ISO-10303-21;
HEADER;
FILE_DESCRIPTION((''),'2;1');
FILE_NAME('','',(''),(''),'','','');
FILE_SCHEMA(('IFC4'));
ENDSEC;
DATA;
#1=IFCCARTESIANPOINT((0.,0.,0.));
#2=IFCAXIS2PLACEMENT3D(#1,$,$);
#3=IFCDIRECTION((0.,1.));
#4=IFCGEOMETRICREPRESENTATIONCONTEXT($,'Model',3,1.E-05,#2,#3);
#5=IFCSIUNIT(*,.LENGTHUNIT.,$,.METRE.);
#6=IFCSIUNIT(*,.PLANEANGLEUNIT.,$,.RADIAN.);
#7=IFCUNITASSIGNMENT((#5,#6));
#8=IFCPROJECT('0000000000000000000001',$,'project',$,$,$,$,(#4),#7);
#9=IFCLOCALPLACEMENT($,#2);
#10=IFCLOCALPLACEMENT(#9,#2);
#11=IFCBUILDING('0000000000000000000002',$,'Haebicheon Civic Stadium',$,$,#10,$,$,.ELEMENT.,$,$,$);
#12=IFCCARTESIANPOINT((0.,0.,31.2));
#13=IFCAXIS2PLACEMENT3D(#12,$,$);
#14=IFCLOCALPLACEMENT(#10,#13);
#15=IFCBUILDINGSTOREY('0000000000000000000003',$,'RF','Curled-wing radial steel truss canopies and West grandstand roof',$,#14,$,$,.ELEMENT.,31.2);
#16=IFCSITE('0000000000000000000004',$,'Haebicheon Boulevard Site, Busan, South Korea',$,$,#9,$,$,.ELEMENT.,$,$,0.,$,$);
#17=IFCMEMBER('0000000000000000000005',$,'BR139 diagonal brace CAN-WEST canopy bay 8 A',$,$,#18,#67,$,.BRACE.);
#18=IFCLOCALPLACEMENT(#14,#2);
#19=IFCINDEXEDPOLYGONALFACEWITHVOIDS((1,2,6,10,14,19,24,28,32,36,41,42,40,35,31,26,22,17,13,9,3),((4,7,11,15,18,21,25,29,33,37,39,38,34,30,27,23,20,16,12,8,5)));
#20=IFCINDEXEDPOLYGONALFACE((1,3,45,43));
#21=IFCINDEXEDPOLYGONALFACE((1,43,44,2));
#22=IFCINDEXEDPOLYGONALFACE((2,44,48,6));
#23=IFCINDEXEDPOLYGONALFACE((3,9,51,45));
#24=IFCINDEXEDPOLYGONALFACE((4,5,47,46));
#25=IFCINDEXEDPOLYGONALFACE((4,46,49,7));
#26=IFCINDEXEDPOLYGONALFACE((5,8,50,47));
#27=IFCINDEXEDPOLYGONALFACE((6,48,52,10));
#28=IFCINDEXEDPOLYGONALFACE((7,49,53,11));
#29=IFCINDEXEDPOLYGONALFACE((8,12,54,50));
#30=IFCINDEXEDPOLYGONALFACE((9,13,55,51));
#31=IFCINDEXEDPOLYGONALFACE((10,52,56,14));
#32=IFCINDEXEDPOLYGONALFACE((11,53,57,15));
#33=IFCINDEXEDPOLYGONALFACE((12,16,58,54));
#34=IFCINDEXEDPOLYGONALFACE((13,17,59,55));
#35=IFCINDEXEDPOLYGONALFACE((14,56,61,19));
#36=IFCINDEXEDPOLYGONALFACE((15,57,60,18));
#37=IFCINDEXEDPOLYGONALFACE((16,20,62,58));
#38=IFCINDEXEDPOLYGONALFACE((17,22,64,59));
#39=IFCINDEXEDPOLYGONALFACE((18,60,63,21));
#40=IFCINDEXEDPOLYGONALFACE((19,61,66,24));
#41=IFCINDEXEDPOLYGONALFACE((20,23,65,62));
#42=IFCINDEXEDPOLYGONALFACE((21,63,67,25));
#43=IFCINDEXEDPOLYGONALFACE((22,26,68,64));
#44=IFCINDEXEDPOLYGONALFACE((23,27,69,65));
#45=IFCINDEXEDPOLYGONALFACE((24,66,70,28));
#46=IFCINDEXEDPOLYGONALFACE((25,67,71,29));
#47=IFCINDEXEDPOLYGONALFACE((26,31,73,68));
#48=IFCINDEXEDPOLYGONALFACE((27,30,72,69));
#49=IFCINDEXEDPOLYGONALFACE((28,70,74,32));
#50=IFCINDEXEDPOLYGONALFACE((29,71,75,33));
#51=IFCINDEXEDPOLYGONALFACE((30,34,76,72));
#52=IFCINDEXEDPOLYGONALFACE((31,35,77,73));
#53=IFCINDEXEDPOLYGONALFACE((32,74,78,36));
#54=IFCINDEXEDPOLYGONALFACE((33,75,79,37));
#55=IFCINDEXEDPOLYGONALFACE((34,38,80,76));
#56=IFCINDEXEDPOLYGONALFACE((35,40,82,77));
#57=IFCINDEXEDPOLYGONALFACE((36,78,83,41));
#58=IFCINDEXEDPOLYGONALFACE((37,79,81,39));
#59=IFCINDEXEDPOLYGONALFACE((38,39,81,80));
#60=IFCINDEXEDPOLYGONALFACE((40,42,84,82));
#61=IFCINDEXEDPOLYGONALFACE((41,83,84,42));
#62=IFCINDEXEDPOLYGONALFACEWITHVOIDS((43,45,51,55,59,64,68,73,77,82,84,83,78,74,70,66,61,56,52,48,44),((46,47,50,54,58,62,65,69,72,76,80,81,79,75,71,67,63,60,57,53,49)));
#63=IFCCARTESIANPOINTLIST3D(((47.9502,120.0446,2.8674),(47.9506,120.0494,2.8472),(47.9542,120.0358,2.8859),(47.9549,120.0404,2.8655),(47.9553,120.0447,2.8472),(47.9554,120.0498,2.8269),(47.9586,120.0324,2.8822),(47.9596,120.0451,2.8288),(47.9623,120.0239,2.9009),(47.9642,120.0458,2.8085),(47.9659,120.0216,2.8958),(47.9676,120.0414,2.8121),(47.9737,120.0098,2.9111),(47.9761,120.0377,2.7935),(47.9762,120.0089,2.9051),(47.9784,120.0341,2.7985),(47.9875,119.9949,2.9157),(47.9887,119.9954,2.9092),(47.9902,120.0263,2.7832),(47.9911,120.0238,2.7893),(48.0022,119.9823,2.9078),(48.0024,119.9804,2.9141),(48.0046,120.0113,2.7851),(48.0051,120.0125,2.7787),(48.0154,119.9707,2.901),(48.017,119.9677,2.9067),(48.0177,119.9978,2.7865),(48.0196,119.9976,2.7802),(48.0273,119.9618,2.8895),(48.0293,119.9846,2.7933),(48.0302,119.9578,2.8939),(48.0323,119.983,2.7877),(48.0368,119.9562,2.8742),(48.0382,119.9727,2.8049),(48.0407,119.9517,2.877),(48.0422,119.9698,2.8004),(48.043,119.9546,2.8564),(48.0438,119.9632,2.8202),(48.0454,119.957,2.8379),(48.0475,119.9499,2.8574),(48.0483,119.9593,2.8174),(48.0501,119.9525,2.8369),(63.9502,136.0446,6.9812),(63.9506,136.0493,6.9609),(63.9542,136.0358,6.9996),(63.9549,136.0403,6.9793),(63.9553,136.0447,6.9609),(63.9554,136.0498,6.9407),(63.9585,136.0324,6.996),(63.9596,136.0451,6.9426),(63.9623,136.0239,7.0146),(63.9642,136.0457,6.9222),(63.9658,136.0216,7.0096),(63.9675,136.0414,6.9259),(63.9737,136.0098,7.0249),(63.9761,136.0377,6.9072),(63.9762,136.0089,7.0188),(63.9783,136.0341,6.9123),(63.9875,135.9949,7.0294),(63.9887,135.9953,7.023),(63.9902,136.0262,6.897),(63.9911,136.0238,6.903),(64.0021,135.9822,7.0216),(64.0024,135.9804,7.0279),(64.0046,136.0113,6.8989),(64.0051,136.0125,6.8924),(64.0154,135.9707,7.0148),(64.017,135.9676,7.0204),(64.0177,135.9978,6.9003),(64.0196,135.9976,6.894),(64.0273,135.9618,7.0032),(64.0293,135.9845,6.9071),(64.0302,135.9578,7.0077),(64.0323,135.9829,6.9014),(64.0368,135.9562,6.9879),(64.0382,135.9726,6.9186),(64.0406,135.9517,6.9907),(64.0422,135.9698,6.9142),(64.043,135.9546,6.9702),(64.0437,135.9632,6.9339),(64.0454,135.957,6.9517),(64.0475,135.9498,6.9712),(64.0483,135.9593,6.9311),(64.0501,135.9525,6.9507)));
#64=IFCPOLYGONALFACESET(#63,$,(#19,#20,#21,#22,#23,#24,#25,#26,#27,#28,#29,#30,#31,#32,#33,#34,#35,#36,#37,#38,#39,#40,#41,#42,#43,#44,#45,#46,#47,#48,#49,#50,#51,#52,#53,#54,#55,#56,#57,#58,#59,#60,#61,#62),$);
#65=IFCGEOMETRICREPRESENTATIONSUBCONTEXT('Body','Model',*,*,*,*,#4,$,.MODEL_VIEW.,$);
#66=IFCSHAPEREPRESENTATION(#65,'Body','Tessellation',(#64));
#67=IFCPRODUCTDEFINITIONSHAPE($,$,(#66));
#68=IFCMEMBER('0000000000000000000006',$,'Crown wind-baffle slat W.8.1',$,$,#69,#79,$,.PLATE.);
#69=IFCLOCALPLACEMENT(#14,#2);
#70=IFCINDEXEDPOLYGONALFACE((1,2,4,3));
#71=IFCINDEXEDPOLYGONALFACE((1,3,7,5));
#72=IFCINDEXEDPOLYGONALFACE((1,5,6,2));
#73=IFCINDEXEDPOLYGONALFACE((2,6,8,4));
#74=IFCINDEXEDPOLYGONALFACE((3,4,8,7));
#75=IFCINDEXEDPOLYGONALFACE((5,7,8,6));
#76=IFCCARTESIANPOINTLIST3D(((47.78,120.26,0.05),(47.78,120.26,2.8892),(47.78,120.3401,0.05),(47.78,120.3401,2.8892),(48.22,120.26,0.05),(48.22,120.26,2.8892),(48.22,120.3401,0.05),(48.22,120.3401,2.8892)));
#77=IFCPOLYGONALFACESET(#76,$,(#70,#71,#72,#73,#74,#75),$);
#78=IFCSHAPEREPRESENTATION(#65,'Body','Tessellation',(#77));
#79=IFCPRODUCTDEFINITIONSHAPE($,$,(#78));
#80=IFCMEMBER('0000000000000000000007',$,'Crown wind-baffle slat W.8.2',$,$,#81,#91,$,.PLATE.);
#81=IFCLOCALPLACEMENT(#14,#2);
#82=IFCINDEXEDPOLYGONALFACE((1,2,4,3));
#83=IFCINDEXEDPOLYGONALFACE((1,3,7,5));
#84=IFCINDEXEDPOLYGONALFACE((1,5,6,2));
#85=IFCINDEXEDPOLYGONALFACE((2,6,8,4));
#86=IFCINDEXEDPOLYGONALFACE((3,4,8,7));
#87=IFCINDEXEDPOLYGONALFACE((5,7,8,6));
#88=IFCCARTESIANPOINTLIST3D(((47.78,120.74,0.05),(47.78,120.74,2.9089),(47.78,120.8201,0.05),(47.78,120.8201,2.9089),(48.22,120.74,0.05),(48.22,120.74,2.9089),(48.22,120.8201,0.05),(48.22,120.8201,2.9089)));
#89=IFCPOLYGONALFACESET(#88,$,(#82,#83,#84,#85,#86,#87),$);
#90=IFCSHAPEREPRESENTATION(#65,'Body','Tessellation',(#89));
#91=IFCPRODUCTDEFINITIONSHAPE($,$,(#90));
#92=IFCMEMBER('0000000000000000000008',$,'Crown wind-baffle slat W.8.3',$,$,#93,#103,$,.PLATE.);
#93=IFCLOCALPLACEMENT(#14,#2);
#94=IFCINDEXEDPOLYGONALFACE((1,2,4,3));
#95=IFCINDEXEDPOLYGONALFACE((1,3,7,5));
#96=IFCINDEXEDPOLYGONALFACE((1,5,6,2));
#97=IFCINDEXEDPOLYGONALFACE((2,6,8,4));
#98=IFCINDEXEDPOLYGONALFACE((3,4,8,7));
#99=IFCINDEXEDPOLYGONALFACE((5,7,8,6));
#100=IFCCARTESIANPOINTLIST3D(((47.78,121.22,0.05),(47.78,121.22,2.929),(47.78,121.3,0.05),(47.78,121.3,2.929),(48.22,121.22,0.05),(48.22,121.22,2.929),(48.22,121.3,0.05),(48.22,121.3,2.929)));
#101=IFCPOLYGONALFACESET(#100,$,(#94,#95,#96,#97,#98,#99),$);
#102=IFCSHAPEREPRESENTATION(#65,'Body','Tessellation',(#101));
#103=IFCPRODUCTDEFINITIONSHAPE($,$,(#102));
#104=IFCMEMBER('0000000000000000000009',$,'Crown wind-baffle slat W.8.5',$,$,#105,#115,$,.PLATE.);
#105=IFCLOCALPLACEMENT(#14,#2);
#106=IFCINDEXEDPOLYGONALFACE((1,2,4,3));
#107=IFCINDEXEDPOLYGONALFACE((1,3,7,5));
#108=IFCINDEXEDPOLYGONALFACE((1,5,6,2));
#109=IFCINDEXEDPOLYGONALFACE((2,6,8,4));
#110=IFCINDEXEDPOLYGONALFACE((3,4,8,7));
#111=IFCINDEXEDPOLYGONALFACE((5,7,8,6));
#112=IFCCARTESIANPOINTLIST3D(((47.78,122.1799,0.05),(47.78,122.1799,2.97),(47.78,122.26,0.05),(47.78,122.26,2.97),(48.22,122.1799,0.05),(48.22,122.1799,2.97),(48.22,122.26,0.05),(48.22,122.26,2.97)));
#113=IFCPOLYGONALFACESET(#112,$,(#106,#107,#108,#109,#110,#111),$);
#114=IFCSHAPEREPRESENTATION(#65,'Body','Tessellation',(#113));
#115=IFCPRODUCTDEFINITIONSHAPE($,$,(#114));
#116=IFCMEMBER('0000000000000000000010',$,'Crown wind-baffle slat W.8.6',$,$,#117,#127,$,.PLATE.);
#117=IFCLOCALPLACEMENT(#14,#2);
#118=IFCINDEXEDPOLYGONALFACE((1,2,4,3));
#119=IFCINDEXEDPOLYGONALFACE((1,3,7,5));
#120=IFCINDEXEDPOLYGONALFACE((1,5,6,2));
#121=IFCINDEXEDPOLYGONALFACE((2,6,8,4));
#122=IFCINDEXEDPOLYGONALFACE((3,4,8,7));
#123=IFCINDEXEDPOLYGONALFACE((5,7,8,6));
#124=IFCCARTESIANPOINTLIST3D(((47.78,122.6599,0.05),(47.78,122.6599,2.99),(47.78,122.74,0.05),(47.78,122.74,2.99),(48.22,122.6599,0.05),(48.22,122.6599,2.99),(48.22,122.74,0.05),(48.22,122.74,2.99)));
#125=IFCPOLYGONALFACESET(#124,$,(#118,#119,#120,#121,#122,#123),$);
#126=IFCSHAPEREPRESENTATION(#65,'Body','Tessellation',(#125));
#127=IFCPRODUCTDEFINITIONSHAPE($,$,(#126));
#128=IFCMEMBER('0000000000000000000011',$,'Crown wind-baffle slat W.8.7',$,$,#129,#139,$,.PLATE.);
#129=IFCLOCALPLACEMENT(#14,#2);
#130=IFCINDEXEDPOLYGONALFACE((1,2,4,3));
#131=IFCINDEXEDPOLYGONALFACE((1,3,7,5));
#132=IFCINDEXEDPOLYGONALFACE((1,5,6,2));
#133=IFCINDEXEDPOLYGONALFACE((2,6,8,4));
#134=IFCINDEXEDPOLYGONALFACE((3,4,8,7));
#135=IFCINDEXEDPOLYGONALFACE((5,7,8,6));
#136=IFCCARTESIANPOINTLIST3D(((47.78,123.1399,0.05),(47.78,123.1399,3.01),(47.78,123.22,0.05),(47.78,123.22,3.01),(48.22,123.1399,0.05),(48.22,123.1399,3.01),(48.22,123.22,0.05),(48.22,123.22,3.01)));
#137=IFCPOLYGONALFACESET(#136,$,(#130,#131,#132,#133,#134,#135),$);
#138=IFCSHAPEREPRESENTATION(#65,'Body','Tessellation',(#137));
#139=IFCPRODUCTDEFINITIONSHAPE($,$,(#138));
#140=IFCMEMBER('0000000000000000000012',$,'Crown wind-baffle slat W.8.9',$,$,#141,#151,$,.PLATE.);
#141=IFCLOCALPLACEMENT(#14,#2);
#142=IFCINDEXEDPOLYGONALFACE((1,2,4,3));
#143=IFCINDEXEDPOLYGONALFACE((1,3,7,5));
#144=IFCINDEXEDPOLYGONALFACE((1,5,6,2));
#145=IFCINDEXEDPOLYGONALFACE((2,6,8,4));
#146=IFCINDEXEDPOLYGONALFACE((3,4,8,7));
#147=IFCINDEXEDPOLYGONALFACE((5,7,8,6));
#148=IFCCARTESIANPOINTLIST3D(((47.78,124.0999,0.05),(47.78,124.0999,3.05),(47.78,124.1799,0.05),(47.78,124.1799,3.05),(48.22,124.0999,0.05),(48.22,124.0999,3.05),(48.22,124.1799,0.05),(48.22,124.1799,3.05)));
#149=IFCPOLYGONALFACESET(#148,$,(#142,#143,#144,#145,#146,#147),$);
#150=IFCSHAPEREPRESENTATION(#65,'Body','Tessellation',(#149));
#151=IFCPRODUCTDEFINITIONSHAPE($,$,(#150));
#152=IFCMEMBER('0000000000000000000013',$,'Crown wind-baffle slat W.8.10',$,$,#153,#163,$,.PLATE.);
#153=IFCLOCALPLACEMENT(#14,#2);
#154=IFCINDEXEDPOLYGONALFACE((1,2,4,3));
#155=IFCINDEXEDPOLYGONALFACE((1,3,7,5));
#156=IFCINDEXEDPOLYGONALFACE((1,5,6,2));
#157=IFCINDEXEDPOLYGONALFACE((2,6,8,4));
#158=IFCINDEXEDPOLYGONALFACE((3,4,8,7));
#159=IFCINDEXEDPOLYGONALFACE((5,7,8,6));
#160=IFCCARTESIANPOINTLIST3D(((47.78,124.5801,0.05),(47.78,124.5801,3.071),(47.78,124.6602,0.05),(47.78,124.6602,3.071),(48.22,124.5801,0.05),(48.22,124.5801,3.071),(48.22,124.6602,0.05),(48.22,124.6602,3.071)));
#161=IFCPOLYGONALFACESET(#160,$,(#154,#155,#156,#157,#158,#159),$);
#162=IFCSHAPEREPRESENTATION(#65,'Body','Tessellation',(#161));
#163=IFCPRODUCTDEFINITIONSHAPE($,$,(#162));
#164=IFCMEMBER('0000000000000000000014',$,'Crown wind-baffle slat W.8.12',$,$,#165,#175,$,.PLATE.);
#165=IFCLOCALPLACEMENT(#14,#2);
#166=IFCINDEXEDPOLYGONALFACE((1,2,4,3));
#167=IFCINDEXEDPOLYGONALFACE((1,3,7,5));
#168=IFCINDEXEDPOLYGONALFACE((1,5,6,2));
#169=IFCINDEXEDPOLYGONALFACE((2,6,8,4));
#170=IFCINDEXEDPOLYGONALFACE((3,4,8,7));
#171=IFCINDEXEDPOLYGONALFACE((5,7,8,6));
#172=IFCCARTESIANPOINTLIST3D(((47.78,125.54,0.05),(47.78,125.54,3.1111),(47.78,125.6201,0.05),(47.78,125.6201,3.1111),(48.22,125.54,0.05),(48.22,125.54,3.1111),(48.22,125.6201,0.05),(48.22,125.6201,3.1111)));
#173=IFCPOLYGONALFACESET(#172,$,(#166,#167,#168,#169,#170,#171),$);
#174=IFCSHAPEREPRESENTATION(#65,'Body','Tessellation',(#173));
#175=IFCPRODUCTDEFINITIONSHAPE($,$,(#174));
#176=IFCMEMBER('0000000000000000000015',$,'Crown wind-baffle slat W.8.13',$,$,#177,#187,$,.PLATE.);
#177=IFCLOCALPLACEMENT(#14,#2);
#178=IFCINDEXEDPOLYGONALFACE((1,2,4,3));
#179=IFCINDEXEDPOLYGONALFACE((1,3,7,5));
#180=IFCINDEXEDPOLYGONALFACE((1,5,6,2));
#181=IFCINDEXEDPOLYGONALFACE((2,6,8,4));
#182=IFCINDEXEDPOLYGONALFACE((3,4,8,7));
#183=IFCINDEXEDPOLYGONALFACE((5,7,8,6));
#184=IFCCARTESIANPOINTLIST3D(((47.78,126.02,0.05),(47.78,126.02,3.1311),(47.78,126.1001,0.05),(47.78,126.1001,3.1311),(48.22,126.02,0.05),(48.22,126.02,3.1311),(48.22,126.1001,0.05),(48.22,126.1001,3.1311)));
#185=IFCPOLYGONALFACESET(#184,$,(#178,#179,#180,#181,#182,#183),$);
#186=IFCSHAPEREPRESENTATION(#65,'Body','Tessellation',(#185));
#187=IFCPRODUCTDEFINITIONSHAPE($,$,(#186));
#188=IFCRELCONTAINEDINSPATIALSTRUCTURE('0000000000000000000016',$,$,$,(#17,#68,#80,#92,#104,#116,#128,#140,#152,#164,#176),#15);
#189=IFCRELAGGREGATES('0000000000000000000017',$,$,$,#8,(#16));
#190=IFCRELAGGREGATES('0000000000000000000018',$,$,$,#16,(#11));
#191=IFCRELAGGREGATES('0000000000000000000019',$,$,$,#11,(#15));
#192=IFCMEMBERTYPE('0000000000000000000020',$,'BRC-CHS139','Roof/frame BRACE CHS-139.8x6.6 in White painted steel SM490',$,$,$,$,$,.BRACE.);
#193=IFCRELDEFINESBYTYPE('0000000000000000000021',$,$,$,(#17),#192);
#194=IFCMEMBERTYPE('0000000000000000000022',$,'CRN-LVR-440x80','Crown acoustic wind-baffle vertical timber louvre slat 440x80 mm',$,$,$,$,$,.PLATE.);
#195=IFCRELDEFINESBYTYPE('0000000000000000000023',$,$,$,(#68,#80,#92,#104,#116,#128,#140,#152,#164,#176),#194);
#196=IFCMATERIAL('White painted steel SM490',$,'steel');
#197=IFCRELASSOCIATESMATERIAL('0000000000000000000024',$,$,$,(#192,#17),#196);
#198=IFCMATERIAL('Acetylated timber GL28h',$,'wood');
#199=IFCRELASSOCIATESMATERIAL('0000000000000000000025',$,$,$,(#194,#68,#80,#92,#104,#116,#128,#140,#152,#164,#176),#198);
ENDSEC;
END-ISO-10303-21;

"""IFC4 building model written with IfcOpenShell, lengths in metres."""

from ifc_helpers import new_model, si_unit, direction, frame, origin, origin_2d, place, context, subcontext, project, spatial, rectangle, hollow_circle, extrude, material, material_profile, profile_set, type_object, element, save


model = new_model("IFC4")

# Units and contexts
model_context = context("Model", 3, precision=1e-05, world=origin(), true_north=direction((0.0, 1.0)))
body_context = subcontext(model_context, "Body", "Model", "MODEL_VIEW")
ifc_project = project(units=[si_unit("LENGTHUNIT", "METRE"), si_unit("PLANEANGLEUNIT", "RADIAN")], contexts=[model_context])

# Site, building, storey
site_placement = place(None, origin())
site = spatial("IfcSite", under=ifc_project, at=site_placement, Name="Haebicheon Boulevard Site, Busan, South Korea", CompositionType="ELEMENT", RefElevation=0.0)
building_placement = place(site_placement, origin())
building = spatial("IfcBuilding", under=site, at=building_placement, Name="Haebicheon Civic Stadium", CompositionType="ELEMENT")
storey_placement = place(building_placement, frame((0.0, 0.0, 31.2)))
storey = spatial("IfcBuildingStorey", under=building, at=storey_placement, Name="RF", Description="Curled-wing radial steel truss canopies and West grandstand roof", CompositionType="ELEMENT", Elevation=31.2)

# Members
ifc_material_1 = material(Name="White painted steel SM490", Category="steel")
ifc_material_profile_1 = material_profile(ifc_material_1, hollow_circle(Radius=0.0698, WallThickness=0.0066, at=origin_2d()), Name="CHS-139.8x6.6")
ifc_profile_set_1 = profile_set([ifc_material_profile_1], Name="White painted steel SM490")
member_type_1 = type_object("IfcMemberType", Name="BRC-CHS139", Description="Roof/frame BRACE CHS-139.8x6.6 in White painted steel SM490", PredefinedType="BRACE", material=ifc_profile_set_1)
member_1_placement = place(storey_placement, frame((48.0, 120.0, 2.8472), z_axis=(0.695703, 0.695703, 0.178873), x_axis=(-0.707107, 0.707107, 0.0)))
element("IfcMember", 1, at=member_1_placement, inside=storey, type_object=member_type_1, material=ifc_profile_set_1, Name="BR139 diagonal brace CAN-WEST canopy bay 8 A", PredefinedType="BRACE", context=body_context, shape_type="SweptSolid", body=[
    extrude(hollow_circle(Radius=0.0698, WallThickness=0.0066, at=origin_2d()), origin(), (0.0, 0.0, 1.0), 22.9983),
])
ifc_material_2 = material(Name="Acetylated timber GL28h", Category="wood")
ifc_material_profile_2 = material_profile(ifc_material_2, rectangle(XDim=0.0801, YDim=0.4399, at=origin_2d()), Name="TMB-LOUV-80x440")
ifc_profile_set_2 = profile_set([ifc_material_profile_2], Name="Acetylated timber GL28h")
member_type_2 = type_object("IfcMemberType", Name="CRN-LVR-440x80", Description="Crown acoustic wind-baffle vertical timber louvre slat 440x80 mm", PredefinedType="PLATE", material=ifc_profile_set_2)
member_2_placement = place(storey_placement, frame((48.0, 120.3, 0.05), z_axis=(0.0, 0.0, 1.0), x_axis=(0.0, 1.0, 0.0)))
element("IfcMember", 2, at=member_2_placement, inside=storey, type_object=member_type_2, material=ifc_profile_set_2, Name="Crown wind-baffle slat W.8.1", PredefinedType="PLATE", context=body_context, shape_type="SweptSolid", body=[
    extrude(rectangle(XDim=0.0801, YDim=0.4399, at=origin_2d()), origin(), (0.0, 0.0, 1.0), 2.8391),
])
member_3_placement = place(storey_placement, frame((48.0, 120.78, 0.05), z_axis=(0.0, 0.0, 1.0), x_axis=(0.0, 1.0, 0.0)))
element("IfcMember", 3, at=member_3_placement, inside=storey, type_object=member_type_2, material=ifc_profile_set_2, Name="Crown wind-baffle slat W.8.2", PredefinedType="PLATE", context=body_context, shape_type="SweptSolid", body=[
    extrude(rectangle(XDim=0.0801, YDim=0.4399, at=origin_2d()), origin(), (0.0, 0.0, 1.0), 2.8589),
])
member_4_placement = place(storey_placement, frame((48.0, 121.26, 0.05), z_axis=(0.0, 0.0, 1.0), x_axis=(0.0, 1.0, 0.0)))
element("IfcMember", 4, at=member_4_placement, inside=storey, type_object=member_type_2, material=ifc_profile_set_2, Name="Crown wind-baffle slat W.8.3", PredefinedType="PLATE", context=body_context, shape_type="SweptSolid", body=[
    extrude(rectangle(XDim=0.0801, YDim=0.4399, at=origin_2d()), origin(), (0.0, 0.0, 1.0), 2.8789),
])
member_5_placement = place(storey_placement, frame((48.0, 122.22, 0.05), z_axis=(0.0, 0.0, 1.0), x_axis=(0.0, 1.0, 0.0)))
element("IfcMember", 5, at=member_5_placement, inside=storey, type_object=member_type_2, material=ifc_profile_set_2, Name="Crown wind-baffle slat W.8.5", PredefinedType="PLATE", context=body_context, shape_type="SweptSolid", body=[
    extrude(rectangle(XDim=0.0801, YDim=0.4399, at=origin_2d()), origin(), (0.0, 0.0, 1.0), 2.9199),
])
member_6_placement = place(storey_placement, frame((48.0, 122.7, 0.05), z_axis=(0.0, 0.0, 1.0), x_axis=(0.0, 1.0, 0.0)))
element("IfcMember", 6, at=member_6_placement, inside=storey, type_object=member_type_2, material=ifc_profile_set_2, Name="Crown wind-baffle slat W.8.6", PredefinedType="PLATE", context=body_context, shape_type="SweptSolid", body=[
    extrude(rectangle(XDim=0.0801, YDim=0.4399, at=origin_2d()), origin(), (0.0, 0.0, 1.0), 2.9399),
])
member_7_placement = place(storey_placement, frame((48.0, 123.1799, 0.05), z_axis=(0.0, 0.0, 1.0), x_axis=(0.0, 1.0, 0.0)))
element("IfcMember", 7, at=member_7_placement, inside=storey, type_object=member_type_2, material=ifc_profile_set_2, Name="Crown wind-baffle slat W.8.7", PredefinedType="PLATE", context=body_context, shape_type="SweptSolid", body=[
    extrude(rectangle(XDim=0.0801, YDim=0.4399, at=origin_2d()), origin(), (0.0, 0.0, 1.0), 2.96),
])
member_8_placement = place(storey_placement, frame((48.0, 124.1399, 0.05), z_axis=(0.0, 0.0, 1.0), x_axis=(0.0, 1.0, 0.0)))
element("IfcMember", 8, at=member_8_placement, inside=storey, type_object=member_type_2, material=ifc_profile_set_2, Name="Crown wind-baffle slat W.8.9", PredefinedType="PLATE", context=body_context, shape_type="SweptSolid", body=[
    extrude(rectangle(XDim=0.0801, YDim=0.4399, at=origin_2d()), origin(), (0.0, 0.0, 1.0), 3.0),
])
member_9_placement = place(storey_placement, frame((48.0, 124.6201, 0.05), z_axis=(0.0, 0.0, 1.0), x_axis=(0.0, 1.0, 0.0)))
element("IfcMember", 9, at=member_9_placement, inside=storey, type_object=member_type_2, material=ifc_profile_set_2, Name="Crown wind-baffle slat W.8.10", PredefinedType="PLATE", context=body_context, shape_type="SweptSolid", body=[
    extrude(rectangle(XDim=0.0801, YDim=0.4399, at=origin_2d()), origin(), (0.0, 0.0, 1.0), 3.021),
])
member_10_placement = place(storey_placement, frame((48.0, 125.5801, 0.05), z_axis=(0.0, 0.0, 1.0), x_axis=(0.0, 1.0, 0.0)))
element("IfcMember", 10, at=member_10_placement, inside=storey, type_object=member_type_2, material=ifc_profile_set_2, Name="Crown wind-baffle slat W.8.12", PredefinedType="PLATE", context=body_context, shape_type="SweptSolid", body=[
    extrude(rectangle(XDim=0.0801, YDim=0.4399, at=origin_2d()), origin(), (0.0, 0.0, 1.0), 3.061),
])
member_11_placement = place(storey_placement, frame((48.0, 126.0601, 0.05), z_axis=(0.0, 0.0, 1.0), x_axis=(0.0, 1.0, 0.0)))
element("IfcMember", 11, at=member_11_placement, inside=storey, type_object=member_type_2, material=ifc_profile_set_2, Name="Crown wind-baffle slat W.8.13", PredefinedType="PLATE", context=body_context, shape_type="SweptSolid", body=[
    extrude(rectangle(XDim=0.0801, YDim=0.4399, at=origin_2d()), origin(), (0.0, 0.0, 1.0), 3.0811),
])

save(model, "model.ifc")
